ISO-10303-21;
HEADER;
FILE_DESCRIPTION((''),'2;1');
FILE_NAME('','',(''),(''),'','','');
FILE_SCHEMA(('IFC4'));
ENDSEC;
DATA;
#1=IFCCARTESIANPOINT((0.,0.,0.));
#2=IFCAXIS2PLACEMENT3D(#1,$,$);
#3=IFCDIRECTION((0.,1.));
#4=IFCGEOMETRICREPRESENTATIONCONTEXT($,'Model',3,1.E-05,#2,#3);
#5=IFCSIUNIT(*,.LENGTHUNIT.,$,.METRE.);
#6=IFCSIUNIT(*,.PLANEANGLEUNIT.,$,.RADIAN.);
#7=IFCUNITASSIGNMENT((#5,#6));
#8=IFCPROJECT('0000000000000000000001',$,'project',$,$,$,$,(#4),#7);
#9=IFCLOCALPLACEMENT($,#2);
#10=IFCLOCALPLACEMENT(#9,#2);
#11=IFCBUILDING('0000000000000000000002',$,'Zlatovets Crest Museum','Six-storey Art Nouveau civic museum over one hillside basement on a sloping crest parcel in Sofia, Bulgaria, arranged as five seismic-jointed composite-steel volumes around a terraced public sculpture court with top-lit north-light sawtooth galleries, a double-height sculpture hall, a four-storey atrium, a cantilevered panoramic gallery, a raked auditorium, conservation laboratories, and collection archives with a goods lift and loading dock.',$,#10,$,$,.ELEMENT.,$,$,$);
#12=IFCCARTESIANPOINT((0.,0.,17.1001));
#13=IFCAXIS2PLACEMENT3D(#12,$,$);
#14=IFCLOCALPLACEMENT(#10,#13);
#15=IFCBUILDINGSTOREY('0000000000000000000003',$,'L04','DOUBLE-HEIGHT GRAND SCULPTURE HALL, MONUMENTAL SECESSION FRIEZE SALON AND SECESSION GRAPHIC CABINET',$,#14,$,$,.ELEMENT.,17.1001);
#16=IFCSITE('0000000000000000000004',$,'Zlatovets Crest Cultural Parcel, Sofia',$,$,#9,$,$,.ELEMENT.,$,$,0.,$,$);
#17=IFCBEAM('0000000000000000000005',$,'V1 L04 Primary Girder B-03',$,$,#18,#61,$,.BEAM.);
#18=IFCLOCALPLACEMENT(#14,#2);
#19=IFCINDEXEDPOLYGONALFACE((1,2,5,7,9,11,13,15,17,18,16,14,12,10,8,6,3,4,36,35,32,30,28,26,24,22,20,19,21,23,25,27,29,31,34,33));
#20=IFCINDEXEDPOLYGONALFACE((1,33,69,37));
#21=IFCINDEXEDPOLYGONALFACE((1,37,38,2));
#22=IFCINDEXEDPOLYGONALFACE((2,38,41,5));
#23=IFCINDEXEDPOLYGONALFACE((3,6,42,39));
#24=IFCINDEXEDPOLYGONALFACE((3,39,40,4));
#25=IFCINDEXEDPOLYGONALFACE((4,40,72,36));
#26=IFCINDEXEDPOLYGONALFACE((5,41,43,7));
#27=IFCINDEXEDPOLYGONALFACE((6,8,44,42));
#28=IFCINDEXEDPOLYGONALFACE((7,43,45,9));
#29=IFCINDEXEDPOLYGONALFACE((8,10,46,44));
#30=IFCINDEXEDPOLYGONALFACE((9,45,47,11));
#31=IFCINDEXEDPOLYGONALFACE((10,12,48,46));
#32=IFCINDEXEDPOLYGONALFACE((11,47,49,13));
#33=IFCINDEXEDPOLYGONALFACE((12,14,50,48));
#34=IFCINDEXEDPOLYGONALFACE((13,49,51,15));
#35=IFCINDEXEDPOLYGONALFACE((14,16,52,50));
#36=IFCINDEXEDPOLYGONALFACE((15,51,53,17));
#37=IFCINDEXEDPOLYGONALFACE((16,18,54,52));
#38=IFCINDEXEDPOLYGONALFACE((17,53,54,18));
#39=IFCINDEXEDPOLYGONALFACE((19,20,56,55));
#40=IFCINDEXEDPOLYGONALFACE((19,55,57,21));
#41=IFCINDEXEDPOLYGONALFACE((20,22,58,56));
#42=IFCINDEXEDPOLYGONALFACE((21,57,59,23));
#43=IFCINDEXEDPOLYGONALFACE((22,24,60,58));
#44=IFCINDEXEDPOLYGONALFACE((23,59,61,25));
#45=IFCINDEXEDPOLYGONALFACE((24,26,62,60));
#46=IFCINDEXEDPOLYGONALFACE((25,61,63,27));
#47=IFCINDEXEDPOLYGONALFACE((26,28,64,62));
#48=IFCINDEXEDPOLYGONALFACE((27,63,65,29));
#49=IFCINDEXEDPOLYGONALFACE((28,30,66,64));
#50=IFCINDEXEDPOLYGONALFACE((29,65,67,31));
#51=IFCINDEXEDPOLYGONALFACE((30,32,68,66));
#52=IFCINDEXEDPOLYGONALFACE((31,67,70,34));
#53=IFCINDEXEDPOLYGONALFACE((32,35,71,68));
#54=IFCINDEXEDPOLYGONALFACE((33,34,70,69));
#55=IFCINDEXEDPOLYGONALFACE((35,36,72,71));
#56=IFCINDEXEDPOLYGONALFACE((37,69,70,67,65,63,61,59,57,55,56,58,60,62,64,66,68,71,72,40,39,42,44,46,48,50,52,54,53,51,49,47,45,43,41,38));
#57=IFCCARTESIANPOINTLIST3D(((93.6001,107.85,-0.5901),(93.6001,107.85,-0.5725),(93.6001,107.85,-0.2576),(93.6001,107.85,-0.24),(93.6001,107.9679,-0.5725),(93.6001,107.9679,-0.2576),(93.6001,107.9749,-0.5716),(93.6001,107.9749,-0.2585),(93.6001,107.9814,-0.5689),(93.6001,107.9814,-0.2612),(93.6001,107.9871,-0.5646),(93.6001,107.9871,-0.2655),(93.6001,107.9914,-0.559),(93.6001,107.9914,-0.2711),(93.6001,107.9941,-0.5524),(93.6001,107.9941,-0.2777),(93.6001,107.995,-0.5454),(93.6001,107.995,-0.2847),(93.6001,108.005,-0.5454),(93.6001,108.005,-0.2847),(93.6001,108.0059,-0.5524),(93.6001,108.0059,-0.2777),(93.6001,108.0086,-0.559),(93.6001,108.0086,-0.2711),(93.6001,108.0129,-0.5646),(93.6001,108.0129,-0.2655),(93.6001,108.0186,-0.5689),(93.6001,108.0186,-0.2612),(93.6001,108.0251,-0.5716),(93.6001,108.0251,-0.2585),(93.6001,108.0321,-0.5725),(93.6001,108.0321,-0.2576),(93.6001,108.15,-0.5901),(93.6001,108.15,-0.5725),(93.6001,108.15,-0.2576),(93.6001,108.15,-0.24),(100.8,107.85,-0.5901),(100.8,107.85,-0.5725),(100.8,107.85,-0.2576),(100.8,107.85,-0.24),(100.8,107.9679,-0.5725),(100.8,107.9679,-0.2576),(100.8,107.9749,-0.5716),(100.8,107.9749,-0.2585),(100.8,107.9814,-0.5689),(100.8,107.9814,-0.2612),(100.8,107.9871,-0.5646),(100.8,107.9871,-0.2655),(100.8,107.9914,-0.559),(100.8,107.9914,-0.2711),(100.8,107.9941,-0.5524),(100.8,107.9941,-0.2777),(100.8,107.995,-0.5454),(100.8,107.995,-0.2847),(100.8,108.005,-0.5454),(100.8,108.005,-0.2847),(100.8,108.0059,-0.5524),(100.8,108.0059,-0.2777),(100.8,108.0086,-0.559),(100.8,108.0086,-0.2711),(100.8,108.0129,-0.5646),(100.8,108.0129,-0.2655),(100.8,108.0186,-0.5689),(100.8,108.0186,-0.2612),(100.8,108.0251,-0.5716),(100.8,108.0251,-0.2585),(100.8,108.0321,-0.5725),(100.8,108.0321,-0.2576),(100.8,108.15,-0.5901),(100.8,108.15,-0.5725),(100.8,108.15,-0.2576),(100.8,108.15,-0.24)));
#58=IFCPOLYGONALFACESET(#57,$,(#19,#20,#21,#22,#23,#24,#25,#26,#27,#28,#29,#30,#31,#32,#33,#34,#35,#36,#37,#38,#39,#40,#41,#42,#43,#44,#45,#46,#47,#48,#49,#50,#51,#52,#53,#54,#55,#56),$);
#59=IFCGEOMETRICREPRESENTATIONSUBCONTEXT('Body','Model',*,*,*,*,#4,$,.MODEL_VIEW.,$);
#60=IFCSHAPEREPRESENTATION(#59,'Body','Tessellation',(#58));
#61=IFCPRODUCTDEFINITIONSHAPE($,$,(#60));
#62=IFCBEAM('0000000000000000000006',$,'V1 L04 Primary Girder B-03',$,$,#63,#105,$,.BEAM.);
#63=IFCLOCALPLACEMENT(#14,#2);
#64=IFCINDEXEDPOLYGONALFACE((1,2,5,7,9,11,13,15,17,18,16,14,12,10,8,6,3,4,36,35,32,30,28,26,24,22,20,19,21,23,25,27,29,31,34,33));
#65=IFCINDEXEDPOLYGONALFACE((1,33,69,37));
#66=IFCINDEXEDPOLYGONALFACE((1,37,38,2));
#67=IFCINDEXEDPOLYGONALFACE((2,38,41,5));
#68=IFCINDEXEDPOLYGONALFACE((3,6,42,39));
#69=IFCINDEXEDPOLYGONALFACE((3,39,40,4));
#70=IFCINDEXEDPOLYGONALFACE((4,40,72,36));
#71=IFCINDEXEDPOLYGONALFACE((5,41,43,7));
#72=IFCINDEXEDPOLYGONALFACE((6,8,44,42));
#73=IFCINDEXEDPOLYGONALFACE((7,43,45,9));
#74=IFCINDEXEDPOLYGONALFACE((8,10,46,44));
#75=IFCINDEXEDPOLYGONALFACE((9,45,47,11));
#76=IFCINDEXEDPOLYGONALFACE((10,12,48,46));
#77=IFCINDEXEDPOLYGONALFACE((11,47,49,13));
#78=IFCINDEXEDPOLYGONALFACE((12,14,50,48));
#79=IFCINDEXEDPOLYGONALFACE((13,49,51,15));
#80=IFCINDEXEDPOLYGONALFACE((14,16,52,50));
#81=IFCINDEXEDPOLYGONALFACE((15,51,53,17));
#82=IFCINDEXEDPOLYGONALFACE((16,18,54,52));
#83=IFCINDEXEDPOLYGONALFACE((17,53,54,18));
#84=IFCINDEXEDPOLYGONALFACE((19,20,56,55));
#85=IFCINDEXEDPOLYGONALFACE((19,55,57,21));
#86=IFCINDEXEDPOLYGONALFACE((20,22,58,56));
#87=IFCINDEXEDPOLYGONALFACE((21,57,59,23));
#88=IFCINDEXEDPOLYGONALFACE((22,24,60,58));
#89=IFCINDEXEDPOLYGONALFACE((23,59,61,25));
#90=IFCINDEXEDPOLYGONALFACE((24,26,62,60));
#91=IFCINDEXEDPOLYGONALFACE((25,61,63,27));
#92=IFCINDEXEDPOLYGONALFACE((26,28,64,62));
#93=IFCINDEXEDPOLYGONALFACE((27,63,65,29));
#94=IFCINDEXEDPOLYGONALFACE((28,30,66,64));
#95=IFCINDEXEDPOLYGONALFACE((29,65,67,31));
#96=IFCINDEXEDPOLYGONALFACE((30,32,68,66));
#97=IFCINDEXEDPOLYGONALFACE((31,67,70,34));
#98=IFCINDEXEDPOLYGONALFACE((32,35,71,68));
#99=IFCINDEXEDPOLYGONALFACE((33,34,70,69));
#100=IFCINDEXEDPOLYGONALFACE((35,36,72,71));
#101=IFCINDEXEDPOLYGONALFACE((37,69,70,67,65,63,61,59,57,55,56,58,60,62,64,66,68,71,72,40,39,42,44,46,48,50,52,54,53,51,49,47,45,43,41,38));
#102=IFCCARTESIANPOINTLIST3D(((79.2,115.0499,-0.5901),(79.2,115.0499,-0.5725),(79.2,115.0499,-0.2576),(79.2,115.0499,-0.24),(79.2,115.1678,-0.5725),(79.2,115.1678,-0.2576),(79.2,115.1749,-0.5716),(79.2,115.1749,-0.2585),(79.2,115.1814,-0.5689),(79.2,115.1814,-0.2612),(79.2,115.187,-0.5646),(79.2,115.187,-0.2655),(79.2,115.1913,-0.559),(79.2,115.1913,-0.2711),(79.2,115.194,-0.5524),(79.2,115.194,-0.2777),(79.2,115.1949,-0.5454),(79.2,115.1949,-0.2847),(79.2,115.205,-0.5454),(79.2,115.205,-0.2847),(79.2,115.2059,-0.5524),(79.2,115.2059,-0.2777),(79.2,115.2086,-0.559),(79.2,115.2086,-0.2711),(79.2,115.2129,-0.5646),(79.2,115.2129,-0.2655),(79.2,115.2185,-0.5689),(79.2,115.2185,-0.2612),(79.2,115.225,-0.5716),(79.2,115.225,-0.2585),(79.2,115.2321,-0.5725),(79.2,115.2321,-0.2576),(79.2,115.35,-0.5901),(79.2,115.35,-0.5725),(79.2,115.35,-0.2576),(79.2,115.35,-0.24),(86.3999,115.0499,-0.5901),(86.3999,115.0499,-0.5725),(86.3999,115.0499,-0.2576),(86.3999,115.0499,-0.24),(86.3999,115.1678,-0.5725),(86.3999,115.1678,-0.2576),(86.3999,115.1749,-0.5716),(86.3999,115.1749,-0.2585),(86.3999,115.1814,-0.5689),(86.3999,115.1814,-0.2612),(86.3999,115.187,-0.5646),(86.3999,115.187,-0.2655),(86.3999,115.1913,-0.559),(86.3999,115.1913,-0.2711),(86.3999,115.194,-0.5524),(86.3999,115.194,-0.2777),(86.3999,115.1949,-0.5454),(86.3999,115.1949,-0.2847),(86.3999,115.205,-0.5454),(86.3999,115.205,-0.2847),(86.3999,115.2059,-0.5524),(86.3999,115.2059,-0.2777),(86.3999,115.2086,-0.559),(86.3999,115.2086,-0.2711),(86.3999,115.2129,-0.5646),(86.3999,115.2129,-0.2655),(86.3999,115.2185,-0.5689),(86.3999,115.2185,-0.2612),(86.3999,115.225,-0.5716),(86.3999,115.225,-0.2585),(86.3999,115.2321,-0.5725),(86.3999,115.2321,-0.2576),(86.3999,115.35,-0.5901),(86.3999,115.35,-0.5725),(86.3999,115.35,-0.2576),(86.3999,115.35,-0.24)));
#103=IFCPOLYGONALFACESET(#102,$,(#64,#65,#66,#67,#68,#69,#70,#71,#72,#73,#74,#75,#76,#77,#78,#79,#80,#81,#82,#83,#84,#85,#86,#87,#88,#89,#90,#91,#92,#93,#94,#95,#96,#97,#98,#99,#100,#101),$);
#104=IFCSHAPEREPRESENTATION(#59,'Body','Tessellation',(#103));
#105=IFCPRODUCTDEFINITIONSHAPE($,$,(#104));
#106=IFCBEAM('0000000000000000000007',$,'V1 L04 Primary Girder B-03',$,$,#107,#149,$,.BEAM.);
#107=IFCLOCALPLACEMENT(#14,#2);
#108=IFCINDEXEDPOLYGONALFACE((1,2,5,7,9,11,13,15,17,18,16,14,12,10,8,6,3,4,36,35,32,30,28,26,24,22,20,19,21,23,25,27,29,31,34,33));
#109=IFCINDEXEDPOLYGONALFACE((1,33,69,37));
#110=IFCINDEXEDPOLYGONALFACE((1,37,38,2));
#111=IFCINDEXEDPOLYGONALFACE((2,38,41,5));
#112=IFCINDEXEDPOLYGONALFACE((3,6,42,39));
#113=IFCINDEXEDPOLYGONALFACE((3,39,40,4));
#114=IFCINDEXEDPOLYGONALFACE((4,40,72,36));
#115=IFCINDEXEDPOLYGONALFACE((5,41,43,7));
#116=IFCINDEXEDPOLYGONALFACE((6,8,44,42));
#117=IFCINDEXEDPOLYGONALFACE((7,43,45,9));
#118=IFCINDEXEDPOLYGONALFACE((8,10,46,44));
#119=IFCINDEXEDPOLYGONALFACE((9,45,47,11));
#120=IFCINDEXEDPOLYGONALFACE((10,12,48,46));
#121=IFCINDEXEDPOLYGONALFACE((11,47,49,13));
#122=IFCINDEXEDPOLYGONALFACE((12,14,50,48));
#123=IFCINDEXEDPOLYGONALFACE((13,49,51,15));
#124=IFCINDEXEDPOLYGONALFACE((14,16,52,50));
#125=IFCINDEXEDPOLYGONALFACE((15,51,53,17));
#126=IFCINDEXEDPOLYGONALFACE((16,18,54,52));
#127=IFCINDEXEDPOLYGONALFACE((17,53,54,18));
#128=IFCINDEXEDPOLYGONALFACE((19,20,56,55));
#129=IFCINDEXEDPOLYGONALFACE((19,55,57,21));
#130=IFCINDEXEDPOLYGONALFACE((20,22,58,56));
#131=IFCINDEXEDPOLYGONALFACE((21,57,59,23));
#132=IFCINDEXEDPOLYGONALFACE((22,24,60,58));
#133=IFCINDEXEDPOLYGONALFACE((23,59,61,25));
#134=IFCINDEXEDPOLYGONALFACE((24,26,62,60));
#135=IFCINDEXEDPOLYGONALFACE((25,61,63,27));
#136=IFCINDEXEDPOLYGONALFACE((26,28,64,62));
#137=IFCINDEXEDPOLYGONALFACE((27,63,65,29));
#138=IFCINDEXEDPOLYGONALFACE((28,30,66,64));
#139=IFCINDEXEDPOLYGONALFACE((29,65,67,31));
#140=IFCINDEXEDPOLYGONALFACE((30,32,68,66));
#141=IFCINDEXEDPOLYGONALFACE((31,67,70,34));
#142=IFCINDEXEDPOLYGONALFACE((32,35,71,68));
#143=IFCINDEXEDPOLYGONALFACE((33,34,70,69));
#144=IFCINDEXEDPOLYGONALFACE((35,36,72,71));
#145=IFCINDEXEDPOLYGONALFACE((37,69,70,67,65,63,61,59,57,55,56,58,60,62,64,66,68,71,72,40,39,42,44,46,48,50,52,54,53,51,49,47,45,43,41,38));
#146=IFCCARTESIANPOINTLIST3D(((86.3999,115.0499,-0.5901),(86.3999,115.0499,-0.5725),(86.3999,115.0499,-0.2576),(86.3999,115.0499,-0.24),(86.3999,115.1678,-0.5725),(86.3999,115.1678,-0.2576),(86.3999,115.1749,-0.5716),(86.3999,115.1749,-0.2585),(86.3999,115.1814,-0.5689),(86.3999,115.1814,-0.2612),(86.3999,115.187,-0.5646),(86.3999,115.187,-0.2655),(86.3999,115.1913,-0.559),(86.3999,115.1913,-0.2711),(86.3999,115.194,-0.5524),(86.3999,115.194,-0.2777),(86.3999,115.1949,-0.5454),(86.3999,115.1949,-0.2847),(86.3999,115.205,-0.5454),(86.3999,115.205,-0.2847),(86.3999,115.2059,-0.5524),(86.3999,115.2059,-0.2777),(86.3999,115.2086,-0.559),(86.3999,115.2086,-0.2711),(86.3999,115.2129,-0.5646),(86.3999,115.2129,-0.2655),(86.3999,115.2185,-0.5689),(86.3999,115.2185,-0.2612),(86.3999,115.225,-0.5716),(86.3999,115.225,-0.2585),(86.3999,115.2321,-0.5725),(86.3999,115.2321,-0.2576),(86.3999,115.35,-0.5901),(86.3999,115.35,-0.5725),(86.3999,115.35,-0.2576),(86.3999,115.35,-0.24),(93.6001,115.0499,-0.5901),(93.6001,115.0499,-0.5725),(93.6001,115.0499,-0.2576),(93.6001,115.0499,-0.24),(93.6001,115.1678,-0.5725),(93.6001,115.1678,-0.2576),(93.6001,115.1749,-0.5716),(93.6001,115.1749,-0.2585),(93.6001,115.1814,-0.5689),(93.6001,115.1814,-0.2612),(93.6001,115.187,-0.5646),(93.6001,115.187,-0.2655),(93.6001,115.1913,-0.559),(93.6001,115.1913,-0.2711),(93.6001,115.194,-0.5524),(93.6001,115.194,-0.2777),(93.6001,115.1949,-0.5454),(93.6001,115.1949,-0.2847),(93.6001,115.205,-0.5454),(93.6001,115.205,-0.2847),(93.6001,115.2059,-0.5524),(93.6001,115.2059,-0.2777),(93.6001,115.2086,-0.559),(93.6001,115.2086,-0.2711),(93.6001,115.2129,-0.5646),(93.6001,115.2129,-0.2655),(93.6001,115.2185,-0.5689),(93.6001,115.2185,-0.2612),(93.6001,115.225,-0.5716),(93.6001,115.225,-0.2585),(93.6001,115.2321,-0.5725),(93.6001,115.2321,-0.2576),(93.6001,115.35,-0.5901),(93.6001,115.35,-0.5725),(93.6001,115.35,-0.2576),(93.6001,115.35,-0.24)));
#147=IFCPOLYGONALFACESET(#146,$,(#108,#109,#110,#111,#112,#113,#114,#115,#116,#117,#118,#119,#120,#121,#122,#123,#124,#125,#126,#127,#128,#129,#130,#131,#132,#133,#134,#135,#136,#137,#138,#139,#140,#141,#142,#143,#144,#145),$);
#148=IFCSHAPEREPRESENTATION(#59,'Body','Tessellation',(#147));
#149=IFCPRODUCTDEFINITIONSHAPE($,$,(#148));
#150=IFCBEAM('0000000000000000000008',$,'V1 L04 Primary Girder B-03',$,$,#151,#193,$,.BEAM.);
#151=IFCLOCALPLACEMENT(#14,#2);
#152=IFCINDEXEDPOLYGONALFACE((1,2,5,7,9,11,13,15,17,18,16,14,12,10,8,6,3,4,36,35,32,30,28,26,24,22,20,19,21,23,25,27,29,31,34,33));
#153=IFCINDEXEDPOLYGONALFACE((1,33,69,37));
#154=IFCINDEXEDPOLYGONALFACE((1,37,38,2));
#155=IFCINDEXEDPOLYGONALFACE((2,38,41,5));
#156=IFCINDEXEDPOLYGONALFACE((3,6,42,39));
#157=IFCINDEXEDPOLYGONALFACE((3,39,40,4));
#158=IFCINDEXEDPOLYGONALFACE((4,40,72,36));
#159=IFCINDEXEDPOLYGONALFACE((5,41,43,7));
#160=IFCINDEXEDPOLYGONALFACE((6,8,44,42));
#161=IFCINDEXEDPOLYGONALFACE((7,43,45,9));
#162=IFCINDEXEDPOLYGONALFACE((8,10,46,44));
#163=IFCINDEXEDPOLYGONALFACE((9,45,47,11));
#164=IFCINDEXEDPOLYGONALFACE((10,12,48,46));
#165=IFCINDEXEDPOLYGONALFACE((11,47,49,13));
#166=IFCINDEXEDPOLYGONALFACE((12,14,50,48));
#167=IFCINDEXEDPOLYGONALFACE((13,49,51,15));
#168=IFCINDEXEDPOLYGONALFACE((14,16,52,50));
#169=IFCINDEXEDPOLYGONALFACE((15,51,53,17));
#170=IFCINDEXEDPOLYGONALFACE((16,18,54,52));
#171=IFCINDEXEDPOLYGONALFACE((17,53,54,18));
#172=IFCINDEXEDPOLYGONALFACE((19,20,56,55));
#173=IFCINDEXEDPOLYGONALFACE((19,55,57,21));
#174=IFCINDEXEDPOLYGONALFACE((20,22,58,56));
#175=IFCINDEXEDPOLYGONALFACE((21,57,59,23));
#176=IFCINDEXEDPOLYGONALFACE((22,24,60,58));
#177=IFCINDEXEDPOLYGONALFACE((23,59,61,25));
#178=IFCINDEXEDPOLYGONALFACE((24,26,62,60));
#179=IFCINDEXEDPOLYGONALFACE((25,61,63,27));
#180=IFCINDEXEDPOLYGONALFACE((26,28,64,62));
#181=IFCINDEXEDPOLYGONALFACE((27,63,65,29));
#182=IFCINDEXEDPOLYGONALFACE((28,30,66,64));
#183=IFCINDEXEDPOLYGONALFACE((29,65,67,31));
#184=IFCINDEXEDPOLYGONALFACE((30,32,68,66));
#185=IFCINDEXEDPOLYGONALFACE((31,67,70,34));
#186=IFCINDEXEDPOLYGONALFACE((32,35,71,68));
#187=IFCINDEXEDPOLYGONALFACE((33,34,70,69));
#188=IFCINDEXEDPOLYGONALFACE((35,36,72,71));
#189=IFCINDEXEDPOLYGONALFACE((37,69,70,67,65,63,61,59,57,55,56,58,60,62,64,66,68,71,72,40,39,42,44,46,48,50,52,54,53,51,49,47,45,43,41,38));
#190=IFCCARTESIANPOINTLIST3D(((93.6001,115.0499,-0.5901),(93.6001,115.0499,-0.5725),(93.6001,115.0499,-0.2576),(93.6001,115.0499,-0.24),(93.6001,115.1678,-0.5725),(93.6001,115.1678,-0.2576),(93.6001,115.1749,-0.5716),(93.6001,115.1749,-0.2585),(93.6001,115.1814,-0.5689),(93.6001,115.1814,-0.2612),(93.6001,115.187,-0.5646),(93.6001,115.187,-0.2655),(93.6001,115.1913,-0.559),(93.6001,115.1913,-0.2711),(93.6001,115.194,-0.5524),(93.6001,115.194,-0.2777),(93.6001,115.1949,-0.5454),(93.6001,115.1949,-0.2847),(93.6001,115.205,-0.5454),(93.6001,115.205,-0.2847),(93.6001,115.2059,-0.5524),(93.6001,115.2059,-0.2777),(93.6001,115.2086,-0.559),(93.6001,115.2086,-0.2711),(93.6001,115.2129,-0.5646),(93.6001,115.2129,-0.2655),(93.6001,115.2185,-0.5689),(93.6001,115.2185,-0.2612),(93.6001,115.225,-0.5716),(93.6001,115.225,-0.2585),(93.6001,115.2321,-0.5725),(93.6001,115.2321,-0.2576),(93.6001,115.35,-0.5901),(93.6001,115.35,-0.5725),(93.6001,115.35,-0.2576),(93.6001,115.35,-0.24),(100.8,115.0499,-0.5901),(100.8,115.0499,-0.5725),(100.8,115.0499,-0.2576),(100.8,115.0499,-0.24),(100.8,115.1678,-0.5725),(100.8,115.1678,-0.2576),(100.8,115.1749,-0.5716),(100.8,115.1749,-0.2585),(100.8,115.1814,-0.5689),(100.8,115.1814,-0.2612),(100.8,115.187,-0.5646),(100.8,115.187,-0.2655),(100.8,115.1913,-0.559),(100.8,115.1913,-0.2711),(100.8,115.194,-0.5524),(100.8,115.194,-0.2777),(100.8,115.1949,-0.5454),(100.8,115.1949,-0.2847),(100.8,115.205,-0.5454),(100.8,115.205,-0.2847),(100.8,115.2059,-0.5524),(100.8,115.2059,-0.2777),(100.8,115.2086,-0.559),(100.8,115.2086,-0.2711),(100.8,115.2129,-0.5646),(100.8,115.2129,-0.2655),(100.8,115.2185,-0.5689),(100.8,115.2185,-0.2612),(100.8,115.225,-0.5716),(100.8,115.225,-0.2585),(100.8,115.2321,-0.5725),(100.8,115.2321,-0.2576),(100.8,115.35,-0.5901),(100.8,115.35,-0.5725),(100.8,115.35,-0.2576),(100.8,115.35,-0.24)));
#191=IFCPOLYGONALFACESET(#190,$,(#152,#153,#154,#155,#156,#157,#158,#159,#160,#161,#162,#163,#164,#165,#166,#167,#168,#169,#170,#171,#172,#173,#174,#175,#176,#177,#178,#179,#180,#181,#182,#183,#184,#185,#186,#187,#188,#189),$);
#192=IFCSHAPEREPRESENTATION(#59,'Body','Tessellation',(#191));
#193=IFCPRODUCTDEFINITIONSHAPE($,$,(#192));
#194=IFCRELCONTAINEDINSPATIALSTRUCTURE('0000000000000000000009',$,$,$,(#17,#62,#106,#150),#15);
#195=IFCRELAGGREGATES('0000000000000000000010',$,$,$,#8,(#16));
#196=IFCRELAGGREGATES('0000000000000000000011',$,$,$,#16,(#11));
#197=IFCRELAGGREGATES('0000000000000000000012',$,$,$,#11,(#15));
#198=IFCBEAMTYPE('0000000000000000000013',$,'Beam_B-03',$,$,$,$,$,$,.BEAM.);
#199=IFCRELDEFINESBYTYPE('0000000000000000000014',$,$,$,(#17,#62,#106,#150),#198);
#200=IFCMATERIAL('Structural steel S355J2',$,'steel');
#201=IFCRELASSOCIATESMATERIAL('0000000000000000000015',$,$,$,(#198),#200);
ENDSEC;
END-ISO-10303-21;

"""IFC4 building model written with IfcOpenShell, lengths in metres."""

from ifc_helpers import new_model, si_unit, direction, frame, origin, origin_2d, place, context, subcontext, project, spatial, i_section, extrude, material, material_profile, profile_set, type_object, element, save


model = new_model("IFC4")

# Units and contexts
model_context = context("Model", 3, precision=1e-05, world=origin(), true_north=direction((0.0, 1.0)))
body_context = subcontext(model_context, "Body", "Model", "MODEL_VIEW")
ifc_project = project(units=[si_unit("LENGTHUNIT", "METRE"), si_unit("PLANEANGLEUNIT", "RADIAN")], contexts=[model_context])

# Site, building, storey
site_placement = place(None, origin())
site = spatial("IfcSite", under=ifc_project, at=site_placement, Name="Zlatovets Crest Cultural Parcel, Sofia", CompositionType="ELEMENT", RefElevation=0.0)
building_placement = place(site_placement, origin())
building = spatial("IfcBuilding", under=site, at=building_placement, Name="Zlatovets Crest Museum", Description="Six-storey Art Nouveau civic museum over one hillside basement on a sloping crest parcel in Sofia, Bulgaria, arranged as five seismic-jointed composite-steel volumes around a terraced public sculpture court with top-lit north-light sawtooth galleries, a double-height sculpture hall, a four-storey atrium, a cantilevered panoramic gallery, a raked auditorium, conservation laboratories, and collection archives with a goods lift and loading dock.", CompositionType="ELEMENT")
storey_placement = place(building_placement, frame((0.0, 0.0, 17.1001)))
storey = spatial("IfcBuildingStorey", under=building, at=storey_placement, Name="L04", Description="DOUBLE-HEIGHT GRAND SCULPTURE HALL, MONUMENTAL SECESSION FRIEZE SALON AND SECESSION GRAPHIC CABINET", CompositionType="ELEMENT", Elevation=17.1001)

# Shared definitions
ifc_material_1 = material(Name="Structural steel S355J2", Category="steel")

# Beams
ifc_material_profile_1 = material_profile(ifc_material_1, i_section(OverallWidth=0.3, OverallDepth=0.3501, WebThickness=0.01, FlangeThickness=0.0176, FilletRadius=0.0271, at=origin_2d()), Name="HEA 360")
ifc_profile_set_1 = profile_set([ifc_material_profile_1], Name="Structural steel S355J2")
beam_type_1 = type_object("IfcBeamType", Name="Beam_B-03", PredefinedType="BEAM", material=ifc_profile_set_1)
for number, where, z_axis, x_axis, name in (
    (1, (93.6001, 108.0, -0.415), (1.0, 0.0, 0.0), (0.0, 1.0, 0.0), "V1 L04 Primary Girder B-03"),
    (2, (79.2, 115.2, -0.415), (1.0, 0.0, 0.0), (0.0, 1.0, 0.0), "V1 L04 Primary Girder B-03"),
):
    element("IfcBeam", number, at=place(storey_placement, frame(where, z_axis=z_axis, x_axis=x_axis)), inside=storey, type_object=beam_type_1, Name=name, PredefinedType="BEAM", context=body_context, shape_type="SweptSolid", body=[
        extrude(i_section(OverallWidth=0.3, OverallDepth=0.3501, WebThickness=0.01, FlangeThickness=0.0176, FilletRadius=0.0271, at=origin_2d()), origin(), (0.0, 0.0, 1.0), 7.2),
    ])
beam_1_placement = place(storey_placement, frame((86.3999, 115.2, -0.415), z_axis=(1.0, 0.0, 0.0), x_axis=(0.0, 1.0, 0.0)))
element("IfcBeam", 3, at=beam_1_placement, inside=storey, type_object=beam_type_1, Name="V1 L04 Primary Girder B-03", PredefinedType="BEAM", context=body_context, shape_type="SweptSolid", body=[
    extrude(i_section(OverallWidth=0.3, OverallDepth=0.3501, WebThickness=0.01, FlangeThickness=0.0176, FilletRadius=0.0271, at=origin_2d()), origin(), (0.0, 0.0, 1.0), 7.2002),
])
beam_2_placement = place(storey_placement, frame((93.6001, 115.2, -0.415), z_axis=(1.0, 0.0, 0.0), x_axis=(0.0, 1.0, 0.0)))
element("IfcBeam", 4, at=beam_2_placement, inside=storey, type_object=beam_type_1, Name="V1 L04 Primary Girder B-03", PredefinedType="BEAM", context=body_context, shape_type="SweptSolid", body=[
    extrude(i_section(OverallWidth=0.3, OverallDepth=0.3501, WebThickness=0.01, FlangeThickness=0.0176, FilletRadius=0.0271, at=origin_2d()), origin(), (0.0, 0.0, 1.0), 7.2),
])

save(model, "model.ifc")
